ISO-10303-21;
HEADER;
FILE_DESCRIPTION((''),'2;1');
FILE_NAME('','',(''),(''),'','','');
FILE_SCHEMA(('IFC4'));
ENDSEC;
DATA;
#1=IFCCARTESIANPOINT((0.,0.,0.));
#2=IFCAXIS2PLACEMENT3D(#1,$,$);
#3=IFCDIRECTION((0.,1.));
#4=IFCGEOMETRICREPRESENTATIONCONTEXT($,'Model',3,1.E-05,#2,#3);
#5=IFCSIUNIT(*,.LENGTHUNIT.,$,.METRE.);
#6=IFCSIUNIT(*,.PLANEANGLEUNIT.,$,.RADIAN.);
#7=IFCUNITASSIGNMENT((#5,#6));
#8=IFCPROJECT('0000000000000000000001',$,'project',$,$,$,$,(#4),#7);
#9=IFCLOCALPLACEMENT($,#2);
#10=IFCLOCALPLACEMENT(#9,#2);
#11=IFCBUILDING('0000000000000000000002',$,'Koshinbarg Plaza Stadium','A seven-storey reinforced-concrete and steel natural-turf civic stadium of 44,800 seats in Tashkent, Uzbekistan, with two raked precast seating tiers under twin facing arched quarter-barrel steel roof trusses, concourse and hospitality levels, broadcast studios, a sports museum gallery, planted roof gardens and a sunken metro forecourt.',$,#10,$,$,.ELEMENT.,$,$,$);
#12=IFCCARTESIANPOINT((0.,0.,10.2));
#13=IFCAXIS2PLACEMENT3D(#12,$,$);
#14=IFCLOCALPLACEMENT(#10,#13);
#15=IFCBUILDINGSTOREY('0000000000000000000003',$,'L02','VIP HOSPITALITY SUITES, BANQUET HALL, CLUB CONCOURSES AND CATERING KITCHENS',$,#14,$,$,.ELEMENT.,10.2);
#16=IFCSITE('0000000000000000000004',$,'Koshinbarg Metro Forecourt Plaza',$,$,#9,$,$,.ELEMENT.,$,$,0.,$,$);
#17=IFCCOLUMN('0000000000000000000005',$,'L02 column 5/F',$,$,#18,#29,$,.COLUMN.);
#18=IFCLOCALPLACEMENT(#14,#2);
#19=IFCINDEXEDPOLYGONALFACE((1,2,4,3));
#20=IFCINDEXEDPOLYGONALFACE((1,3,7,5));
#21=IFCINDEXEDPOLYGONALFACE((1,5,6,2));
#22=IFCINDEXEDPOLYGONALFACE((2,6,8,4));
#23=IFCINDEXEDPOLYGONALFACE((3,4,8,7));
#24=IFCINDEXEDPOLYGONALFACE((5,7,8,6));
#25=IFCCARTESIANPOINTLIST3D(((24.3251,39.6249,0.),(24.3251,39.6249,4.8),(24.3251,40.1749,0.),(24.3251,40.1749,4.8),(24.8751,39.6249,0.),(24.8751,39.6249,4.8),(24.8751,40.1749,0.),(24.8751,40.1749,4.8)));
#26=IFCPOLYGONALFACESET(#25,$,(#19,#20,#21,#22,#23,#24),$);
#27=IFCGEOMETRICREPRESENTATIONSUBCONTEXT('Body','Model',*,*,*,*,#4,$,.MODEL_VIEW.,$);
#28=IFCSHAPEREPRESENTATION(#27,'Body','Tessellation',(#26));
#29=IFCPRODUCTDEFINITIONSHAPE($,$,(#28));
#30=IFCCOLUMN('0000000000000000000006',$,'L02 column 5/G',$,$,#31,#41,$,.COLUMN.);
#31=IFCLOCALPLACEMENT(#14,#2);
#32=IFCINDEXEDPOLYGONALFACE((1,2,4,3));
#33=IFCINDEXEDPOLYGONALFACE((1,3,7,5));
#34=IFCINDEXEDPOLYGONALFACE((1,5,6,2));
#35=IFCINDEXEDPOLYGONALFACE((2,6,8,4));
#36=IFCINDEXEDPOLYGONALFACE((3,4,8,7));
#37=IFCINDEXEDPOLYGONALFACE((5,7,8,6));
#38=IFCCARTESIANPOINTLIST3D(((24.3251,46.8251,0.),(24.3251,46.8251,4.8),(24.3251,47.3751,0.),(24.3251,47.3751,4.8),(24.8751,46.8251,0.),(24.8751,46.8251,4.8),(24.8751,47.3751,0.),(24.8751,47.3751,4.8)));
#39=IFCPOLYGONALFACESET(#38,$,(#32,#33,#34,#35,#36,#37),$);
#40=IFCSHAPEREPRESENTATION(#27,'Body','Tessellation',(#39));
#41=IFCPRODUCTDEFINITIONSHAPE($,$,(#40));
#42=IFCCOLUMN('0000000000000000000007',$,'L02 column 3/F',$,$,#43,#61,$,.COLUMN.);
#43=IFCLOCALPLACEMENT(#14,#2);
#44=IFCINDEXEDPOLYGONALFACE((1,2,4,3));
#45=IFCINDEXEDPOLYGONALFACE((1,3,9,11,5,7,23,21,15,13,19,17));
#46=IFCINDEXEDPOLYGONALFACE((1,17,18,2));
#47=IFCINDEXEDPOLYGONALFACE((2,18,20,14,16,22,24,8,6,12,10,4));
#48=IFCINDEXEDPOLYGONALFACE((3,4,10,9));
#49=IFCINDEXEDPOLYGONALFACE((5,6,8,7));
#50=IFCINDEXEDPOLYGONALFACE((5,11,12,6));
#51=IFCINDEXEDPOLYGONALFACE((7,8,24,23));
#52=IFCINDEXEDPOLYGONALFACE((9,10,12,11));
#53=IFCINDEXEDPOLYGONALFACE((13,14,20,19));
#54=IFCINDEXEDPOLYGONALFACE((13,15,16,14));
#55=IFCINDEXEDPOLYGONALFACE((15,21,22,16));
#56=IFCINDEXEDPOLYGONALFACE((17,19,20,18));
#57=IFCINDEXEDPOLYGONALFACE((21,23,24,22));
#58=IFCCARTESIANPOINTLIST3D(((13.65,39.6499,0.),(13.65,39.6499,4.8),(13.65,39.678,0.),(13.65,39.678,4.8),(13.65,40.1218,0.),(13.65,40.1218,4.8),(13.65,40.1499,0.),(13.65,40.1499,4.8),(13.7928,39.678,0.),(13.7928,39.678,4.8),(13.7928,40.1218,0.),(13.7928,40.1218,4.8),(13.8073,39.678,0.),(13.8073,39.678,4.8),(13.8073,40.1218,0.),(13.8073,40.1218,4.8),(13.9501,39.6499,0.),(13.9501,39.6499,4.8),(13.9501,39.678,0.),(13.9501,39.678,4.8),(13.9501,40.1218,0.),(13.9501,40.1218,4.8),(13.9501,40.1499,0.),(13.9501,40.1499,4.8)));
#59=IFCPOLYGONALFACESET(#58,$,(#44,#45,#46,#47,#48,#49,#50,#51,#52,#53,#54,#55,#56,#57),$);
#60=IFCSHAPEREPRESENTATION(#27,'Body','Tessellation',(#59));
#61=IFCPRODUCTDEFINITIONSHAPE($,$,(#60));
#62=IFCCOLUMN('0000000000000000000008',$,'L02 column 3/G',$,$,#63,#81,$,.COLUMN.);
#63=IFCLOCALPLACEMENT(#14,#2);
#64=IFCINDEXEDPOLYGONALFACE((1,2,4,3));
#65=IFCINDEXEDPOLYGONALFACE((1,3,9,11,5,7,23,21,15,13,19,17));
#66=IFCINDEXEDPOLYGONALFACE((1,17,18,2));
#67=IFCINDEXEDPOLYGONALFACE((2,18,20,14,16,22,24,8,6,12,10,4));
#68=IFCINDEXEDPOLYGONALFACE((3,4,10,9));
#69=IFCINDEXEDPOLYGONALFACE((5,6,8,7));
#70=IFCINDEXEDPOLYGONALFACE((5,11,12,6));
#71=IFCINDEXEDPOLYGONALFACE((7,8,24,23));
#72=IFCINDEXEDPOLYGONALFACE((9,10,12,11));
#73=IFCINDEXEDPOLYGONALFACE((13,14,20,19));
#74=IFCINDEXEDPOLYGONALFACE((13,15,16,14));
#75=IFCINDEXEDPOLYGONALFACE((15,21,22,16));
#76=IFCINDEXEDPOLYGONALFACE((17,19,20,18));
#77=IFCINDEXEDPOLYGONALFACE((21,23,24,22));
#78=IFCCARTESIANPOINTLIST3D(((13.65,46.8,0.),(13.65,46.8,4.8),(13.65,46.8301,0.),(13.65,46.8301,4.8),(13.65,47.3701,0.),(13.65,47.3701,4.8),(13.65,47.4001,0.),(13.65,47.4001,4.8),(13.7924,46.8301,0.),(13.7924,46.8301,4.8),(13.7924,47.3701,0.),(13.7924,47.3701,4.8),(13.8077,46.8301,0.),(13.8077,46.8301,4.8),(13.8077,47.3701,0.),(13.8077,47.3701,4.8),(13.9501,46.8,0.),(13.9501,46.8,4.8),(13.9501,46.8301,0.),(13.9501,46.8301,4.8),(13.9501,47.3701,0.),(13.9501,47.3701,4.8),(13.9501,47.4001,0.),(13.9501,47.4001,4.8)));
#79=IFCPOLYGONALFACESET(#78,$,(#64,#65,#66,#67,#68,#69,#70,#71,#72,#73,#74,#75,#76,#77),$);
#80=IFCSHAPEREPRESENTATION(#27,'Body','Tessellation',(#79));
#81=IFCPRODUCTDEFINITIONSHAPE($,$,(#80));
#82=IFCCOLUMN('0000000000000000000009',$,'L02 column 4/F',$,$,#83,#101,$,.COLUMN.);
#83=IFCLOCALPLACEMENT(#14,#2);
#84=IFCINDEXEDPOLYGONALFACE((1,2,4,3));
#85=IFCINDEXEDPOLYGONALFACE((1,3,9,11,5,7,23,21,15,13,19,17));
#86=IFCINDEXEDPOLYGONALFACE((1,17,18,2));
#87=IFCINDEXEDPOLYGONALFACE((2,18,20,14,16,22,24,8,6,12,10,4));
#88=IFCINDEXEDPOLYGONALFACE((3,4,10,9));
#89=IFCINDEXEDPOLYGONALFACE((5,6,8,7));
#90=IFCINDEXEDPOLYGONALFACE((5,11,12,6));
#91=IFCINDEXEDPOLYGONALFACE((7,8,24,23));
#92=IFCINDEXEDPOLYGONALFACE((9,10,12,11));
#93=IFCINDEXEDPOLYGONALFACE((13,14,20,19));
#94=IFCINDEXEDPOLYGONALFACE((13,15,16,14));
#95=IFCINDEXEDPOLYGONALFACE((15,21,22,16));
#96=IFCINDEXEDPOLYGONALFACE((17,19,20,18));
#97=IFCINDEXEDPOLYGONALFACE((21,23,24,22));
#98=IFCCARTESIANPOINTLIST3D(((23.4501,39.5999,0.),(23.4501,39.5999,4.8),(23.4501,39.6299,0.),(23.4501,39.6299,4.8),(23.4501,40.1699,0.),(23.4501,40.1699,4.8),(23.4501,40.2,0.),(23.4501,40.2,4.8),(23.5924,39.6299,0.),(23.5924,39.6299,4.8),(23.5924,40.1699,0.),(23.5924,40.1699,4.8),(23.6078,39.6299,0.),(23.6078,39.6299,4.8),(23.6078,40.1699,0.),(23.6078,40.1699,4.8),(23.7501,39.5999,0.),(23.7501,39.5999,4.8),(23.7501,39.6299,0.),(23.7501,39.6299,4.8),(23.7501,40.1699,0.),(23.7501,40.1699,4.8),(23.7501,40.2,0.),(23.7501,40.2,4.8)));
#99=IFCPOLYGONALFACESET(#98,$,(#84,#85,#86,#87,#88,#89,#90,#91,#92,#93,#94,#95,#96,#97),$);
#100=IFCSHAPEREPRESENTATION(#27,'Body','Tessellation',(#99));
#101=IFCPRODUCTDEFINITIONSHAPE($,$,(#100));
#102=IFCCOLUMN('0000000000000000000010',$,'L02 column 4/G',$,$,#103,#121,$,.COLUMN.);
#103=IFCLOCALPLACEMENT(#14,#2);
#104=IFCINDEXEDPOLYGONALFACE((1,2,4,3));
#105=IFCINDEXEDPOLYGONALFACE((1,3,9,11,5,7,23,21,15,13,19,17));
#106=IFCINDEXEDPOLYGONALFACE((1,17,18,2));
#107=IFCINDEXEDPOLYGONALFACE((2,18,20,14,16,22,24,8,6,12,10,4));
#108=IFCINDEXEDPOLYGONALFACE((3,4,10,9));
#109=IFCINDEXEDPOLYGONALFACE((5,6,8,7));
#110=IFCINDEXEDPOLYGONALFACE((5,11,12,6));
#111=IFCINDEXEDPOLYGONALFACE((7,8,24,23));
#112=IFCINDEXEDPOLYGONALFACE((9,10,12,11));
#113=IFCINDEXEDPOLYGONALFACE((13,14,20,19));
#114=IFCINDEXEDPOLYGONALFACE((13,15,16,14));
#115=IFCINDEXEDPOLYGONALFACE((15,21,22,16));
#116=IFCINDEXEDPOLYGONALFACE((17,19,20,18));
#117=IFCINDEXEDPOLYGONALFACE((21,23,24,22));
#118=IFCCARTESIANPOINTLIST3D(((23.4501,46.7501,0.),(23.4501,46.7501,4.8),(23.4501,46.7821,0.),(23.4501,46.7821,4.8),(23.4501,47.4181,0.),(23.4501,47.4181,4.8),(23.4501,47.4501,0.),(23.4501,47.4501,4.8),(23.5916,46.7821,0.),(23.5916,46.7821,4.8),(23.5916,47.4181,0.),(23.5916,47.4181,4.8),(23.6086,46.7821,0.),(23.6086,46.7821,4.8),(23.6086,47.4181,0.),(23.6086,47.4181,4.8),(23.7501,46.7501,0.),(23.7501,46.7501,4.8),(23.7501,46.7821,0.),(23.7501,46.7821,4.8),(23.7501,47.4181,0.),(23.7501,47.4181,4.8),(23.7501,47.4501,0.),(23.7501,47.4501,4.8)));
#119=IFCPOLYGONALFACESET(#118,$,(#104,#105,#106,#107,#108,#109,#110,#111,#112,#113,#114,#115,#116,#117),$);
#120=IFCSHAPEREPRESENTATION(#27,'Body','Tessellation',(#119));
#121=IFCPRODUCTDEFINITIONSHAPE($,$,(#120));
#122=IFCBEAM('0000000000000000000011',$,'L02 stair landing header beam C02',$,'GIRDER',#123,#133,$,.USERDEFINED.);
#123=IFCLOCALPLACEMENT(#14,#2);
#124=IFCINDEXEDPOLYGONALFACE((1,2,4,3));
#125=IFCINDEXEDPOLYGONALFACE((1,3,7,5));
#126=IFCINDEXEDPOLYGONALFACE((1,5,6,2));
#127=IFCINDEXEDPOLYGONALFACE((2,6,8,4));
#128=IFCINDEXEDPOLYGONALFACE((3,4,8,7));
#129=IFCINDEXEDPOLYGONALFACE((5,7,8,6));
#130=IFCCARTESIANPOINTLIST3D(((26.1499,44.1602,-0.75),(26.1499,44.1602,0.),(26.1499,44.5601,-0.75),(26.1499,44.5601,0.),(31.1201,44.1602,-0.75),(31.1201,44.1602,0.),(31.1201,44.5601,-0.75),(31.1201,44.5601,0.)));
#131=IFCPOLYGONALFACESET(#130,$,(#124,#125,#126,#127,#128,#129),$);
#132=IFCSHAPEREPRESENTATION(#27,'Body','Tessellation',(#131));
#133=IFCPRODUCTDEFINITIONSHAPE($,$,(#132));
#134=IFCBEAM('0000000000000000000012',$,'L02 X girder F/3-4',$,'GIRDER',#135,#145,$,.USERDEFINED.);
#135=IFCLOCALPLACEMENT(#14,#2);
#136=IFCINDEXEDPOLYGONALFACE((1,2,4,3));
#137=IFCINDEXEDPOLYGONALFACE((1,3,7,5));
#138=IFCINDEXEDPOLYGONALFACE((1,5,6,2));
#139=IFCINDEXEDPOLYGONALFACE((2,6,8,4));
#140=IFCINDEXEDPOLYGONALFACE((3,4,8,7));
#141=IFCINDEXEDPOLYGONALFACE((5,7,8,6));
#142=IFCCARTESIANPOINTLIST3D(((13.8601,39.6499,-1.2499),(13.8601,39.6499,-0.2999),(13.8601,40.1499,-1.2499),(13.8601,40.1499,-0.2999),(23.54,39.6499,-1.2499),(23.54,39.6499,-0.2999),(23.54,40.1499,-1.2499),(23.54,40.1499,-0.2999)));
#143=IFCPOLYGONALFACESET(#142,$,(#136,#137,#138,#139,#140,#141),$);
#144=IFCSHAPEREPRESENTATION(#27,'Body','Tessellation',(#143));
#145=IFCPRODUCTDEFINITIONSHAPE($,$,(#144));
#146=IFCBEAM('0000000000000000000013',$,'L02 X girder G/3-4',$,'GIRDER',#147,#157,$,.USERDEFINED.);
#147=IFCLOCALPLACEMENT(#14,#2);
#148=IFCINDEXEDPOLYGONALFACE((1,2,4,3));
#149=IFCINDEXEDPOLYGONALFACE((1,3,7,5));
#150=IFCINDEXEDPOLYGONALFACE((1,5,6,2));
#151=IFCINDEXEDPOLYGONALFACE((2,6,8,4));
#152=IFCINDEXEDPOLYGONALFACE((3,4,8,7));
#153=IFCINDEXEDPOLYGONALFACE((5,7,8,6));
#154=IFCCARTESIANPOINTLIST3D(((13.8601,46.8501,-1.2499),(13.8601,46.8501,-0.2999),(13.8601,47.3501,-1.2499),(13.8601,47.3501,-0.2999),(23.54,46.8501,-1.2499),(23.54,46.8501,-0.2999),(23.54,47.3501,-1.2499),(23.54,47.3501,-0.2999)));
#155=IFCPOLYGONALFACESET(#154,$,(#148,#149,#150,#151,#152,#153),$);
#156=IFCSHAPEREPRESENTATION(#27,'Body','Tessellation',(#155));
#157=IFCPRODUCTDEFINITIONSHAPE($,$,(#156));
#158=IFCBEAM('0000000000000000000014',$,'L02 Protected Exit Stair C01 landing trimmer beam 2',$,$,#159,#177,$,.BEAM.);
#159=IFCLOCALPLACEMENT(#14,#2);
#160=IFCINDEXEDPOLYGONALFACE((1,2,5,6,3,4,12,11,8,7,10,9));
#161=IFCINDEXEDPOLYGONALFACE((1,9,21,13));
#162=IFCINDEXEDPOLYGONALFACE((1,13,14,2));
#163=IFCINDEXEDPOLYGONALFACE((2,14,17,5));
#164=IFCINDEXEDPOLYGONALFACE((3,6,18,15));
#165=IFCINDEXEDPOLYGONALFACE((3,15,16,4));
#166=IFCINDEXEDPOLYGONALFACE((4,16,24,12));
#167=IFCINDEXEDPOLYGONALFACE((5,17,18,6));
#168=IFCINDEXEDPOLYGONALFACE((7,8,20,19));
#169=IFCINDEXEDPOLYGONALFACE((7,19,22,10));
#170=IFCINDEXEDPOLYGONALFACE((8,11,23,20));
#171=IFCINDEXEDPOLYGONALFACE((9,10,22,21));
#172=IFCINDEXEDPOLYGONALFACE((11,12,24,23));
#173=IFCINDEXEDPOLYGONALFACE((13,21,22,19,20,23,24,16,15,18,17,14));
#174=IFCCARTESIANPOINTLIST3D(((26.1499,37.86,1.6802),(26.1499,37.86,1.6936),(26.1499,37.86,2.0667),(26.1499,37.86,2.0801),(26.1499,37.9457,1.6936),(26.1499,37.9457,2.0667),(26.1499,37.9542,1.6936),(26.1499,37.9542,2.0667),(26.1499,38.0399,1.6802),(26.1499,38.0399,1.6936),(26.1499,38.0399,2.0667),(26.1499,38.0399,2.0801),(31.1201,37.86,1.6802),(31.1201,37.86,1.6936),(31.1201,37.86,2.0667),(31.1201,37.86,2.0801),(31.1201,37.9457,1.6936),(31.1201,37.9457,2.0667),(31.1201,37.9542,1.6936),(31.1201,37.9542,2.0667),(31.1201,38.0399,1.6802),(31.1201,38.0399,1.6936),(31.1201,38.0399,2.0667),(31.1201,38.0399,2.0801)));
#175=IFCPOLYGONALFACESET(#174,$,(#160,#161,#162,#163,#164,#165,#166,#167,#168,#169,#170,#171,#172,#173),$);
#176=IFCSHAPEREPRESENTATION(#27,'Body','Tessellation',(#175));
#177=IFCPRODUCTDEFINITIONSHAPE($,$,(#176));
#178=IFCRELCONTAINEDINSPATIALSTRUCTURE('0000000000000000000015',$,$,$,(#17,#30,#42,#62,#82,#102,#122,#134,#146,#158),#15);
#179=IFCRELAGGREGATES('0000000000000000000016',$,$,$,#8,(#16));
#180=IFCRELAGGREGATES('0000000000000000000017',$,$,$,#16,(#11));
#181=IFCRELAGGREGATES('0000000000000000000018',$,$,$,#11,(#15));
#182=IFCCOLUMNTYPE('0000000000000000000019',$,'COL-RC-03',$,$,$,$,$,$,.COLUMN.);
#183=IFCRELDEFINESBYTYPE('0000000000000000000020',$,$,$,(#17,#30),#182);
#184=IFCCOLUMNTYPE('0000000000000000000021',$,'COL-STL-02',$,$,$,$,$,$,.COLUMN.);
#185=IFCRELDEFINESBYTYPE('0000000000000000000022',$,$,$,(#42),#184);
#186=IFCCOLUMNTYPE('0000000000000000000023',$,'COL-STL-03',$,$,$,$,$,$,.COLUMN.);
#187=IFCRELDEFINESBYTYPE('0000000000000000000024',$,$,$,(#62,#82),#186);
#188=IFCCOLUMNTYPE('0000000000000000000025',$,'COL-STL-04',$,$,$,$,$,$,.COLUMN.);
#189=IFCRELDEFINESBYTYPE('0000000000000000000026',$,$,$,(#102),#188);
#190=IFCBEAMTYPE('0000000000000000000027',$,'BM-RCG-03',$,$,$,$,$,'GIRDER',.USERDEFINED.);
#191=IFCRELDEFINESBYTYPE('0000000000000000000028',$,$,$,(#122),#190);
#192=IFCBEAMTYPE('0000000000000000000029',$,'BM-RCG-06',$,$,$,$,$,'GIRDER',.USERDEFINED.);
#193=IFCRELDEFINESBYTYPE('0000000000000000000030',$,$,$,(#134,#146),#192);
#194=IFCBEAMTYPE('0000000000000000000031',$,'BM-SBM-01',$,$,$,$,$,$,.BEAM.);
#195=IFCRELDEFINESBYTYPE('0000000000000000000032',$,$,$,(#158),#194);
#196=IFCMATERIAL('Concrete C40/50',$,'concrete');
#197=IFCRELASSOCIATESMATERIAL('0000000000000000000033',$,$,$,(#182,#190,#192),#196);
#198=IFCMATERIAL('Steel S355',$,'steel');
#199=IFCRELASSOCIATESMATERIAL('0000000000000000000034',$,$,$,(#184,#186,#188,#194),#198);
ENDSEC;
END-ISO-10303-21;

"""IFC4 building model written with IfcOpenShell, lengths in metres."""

from ifc_helpers import new_model, si_unit, direction, frame, origin, origin_2d, place, context, subcontext, project, spatial, rectangle, i_section, extrude, material, material_profile, profile_set, type_object, element, save


model = new_model("IFC4")

# Units and contexts
model_context = context("Model", 3, precision=1e-05, world=origin(), true_north=direction((0.0, 1.0)))
body_context = subcontext(model_context, "Body", "Model", "MODEL_VIEW")
ifc_project = project(units=[si_unit("LENGTHUNIT", "METRE"), si_unit("PLANEANGLEUNIT", "RADIAN")], contexts=[model_context])

# Site, building, storey
site_placement = place(None, origin())
site = spatial("IfcSite", under=ifc_project, at=site_placement, Name="Koshinbarg Metro Forecourt Plaza", CompositionType="ELEMENT", RefElevation=0.0)
building_placement = place(site_placement, origin())
building = spatial("IfcBuilding", under=site, at=building_placement, Name="Koshinbarg Plaza Stadium", Description="A seven-storey reinforced-concrete and steel natural-turf civic stadium of 44,800 seats in Tashkent, Uzbekistan, with two raked precast seating tiers under twin facing arched quarter-barrel steel roof trusses, concourse and hospitality levels, broadcast studios, a sports museum gallery, planted roof gardens and a sunken metro forecourt.", CompositionType="ELEMENT")
storey_placement = place(building_placement, frame((0.0, 0.0, 10.2)))
storey = spatial("IfcBuildingStorey", under=building, at=storey_placement, Name="L02", Description="VIP HOSPITALITY SUITES, BANQUET HALL, CLUB CONCOURSES AND CATERING KITCHENS", CompositionType="ELEMENT", Elevation=10.2)

# Columns
ifc_material_1 = material(Name="Concrete C40/50", Category="concrete")
ifc_material_profile_1 = material_profile(ifc_material_1, rectangle(XDim=0.55, YDim=0.55, at=origin_2d()), Name="RC 550x550")
ifc_profile_set_1 = profile_set([ifc_material_profile_1], Name="Concrete C40/50")
column_type_1 = type_object("IfcColumnType", Name="COL-RC-03", PredefinedType="COLUMN", material=ifc_profile_set_1)
for number, where, z_axis, x_axis, name in (
    (1, (24.6001, 39.8999, 0.0), (0.0, 0.0, 1.0), (1.0, 0.0, 0.0), "L02 column 5/F"),
    (2, (24.6001, 47.1001, 0.0), (0.0, 0.0, 1.0), (1.0, 0.0, 0.0), "L02 column 5/G"),
):
    element("IfcColumn", number, at=place(storey_placement, frame(where, z_axis=z_axis, x_axis=x_axis)), inside=storey, type_object=column_type_1, Name=name, PredefinedType="COLUMN", context=body_context, shape_type="SweptSolid", body=[
        extrude(rectangle(XDim=0.55, YDim=0.55, at=origin_2d()), origin(), (0.0, 0.0, 1.0), 4.8),
    ])
ifc_material_2 = material(Name="Steel S355", Category="steel")
ifc_material_profile_2 = material_profile(ifc_material_2, i_section(OverallWidth=0.3, OverallDepth=0.5, WebThickness=0.0144, FlangeThickness=0.0281, at=origin_2d()), Name="HEB 500")
ifc_profile_set_2 = profile_set([ifc_material_profile_2], Name="Steel S355")
column_type_2 = type_object("IfcColumnType", Name="COL-STL-02", PredefinedType="COLUMN", material=ifc_profile_set_2)
column_1_placement = place(storey_placement, frame((13.8, 39.8999, 0.0), z_axis=(0.0, 0.0, 1.0), x_axis=(1.0, 0.0, 0.0)))
element("IfcColumn", 3, at=column_1_placement, inside=storey, type_object=column_type_2, Name="L02 column 3/F", PredefinedType="COLUMN", context=body_context, shape_type="SweptSolid", body=[
    extrude(i_section(OverallWidth=0.3, OverallDepth=0.5, WebThickness=0.0144, FlangeThickness=0.0281, at=origin_2d()), origin(), (0.0, 0.0, 1.0), 4.8),
])
ifc_material_profile_3 = material_profile(ifc_material_2, i_section(OverallWidth=0.3, OverallDepth=0.6001, WebThickness=0.0154, FlangeThickness=0.03, at=origin_2d()), Name="HEB 600")
ifc_profile_set_3 = profile_set([ifc_material_profile_3], Name="Steel S355")
column_type_3 = type_object("IfcColumnType", Name="COL-STL-03", PredefinedType="COLUMN", material=ifc_profile_set_3)
for number, where, z_axis, x_axis, name in (
    (4, (13.8, 47.1001, 0.0), (0.0, 0.0, 1.0), (1.0, 0.0, 0.0), "L02 column 3/G"),
    (5, (23.6001, 39.8999, 0.0), (0.0, 0.0, 1.0), (1.0, 0.0, 0.0), "L02 column 4/F"),
):
    element("IfcColumn", number, at=place(storey_placement, frame(where, z_axis=z_axis, x_axis=x_axis)), inside=storey, type_object=column_type_3, Name=name, PredefinedType="COLUMN", context=body_context, shape_type="SweptSolid", body=[
        extrude(i_section(OverallWidth=0.3, OverallDepth=0.6001, WebThickness=0.0154, FlangeThickness=0.03, at=origin_2d()), origin(), (0.0, 0.0, 1.0), 4.8),
    ])
ifc_material_profile_4 = material_profile(ifc_material_2, i_section(OverallWidth=0.3, OverallDepth=0.7, WebThickness=0.0171, FlangeThickness=0.032, at=origin_2d()), Name="HEB 700")
ifc_profile_set_4 = profile_set([ifc_material_profile_4], Name="Steel S355")
column_type_4 = type_object("IfcColumnType", Name="COL-STL-04", PredefinedType="COLUMN", material=ifc_profile_set_4)
column_2_placement = place(storey_placement, frame((23.6001, 47.1001, 0.0), z_axis=(0.0, 0.0, 1.0), x_axis=(1.0, 0.0, 0.0)))
element("IfcColumn", 6, at=column_2_placement, inside=storey, type_object=column_type_4, Name="L02 column 4/G", PredefinedType="COLUMN", context=body_context, shape_type="SweptSolid", body=[
    extrude(i_section(OverallWidth=0.3, OverallDepth=0.7, WebThickness=0.0171, FlangeThickness=0.032, at=origin_2d()), origin(), (0.0, 0.0, 1.0), 4.8),
])

# Beams
ifc_material_profile_5 = material_profile(ifc_material_1, rectangle(XDim=0.3999, YDim=0.75, at=origin_2d()), Name="RC 400x750")
ifc_profile_set_5 = profile_set([ifc_material_profile_5], Name="Concrete C40/50")
beam_type_1 = type_object("IfcBeamType", Name="BM-RCG-03", ElementType="GIRDER", PredefinedType="USERDEFINED", material=ifc_profile_set_5)
beam_1_placement = place(storey_placement, frame((26.1499, 44.3601, -0.375), z_axis=(1.0, 0.0, 0.0), x_axis=(0.0, 1.0, 0.0)))
element("IfcBeam", 7, at=beam_1_placement, inside=storey, type_object=beam_type_1, Name="L02 stair landing header beam C02", ObjectType="GIRDER", PredefinedType="USERDEFINED", context=body_context, shape_type="SweptSolid", body=[
    extrude(rectangle(XDim=0.3999, YDim=0.75, at=origin_2d()), origin(), (0.0, 0.0, 1.0), 4.9702),
])
ifc_material_profile_6 = material_profile(ifc_material_1, rectangle(XDim=0.5, YDim=0.95, at=origin_2d()), Name="RC 500x950")
ifc_profile_set_6 = profile_set([ifc_material_profile_6], Name="Concrete C40/50")
beam_type_2 = type_object("IfcBeamType", Name="BM-RCG-06", ElementType="GIRDER", PredefinedType="USERDEFINED", material=ifc_profile_set_6)
for number, where, z_axis, x_axis, name in (
    (8, (13.8601, 39.8999, -0.7749), (1.0, 0.0, 0.0), (0.0, 1.0, 0.0), "L02 X girder F/3-4"),
    (9, (13.8601, 47.1001, -0.7749), (1.0, 0.0, 0.0), (0.0, 1.0, 0.0), "L02 X girder G/3-4"),
):
    element("IfcBeam", number, at=place(storey_placement, frame(where, z_axis=z_axis, x_axis=x_axis)), inside=storey, type_object=beam_type_2, Name=name, ObjectType="GIRDER", PredefinedType="USERDEFINED", context=body_context, shape_type="SweptSolid", body=[
        extrude(rectangle(XDim=0.5, YDim=0.95, at=origin_2d()), origin(), (0.0, 0.0, 1.0), 9.6799),
    ])
ifc_material_profile_7 = material_profile(ifc_material_2, i_section(OverallWidth=0.1799, OverallDepth=0.3999, WebThickness=0.0085, FlangeThickness=0.0134, at=origin_2d()), Name="IPE 400")
ifc_profile_set_7 = profile_set([ifc_material_profile_7], Name="Steel S355")
beam_type_3 = type_object("IfcBeamType", Name="BM-SBM-01", PredefinedType="BEAM", material=ifc_profile_set_7)
for number, where, z_axis, x_axis, name in (
    (10, (26.1499, 37.95, 1.8801), (1.0, 0.0, 0.0), (0.0, 1.0, 0.0), "L02 Protected Exit Stair C01 landing trimmer beam 2"),
):
    element("IfcBeam", number, at=place(storey_placement, frame(where, z_axis=z_axis, x_axis=x_axis)), inside=storey, type_object=beam_type_3, Name=name, PredefinedType="BEAM", context=body_context, shape_type="SweptSolid", body=[
        extrude(i_section(OverallWidth=0.1799, OverallDepth=0.3999, WebThickness=0.0085, FlangeThickness=0.0134, at=origin_2d()), origin(), (0.0, 0.0, 1.0), 4.9702),
    ])

save(model, "model.ifc")
